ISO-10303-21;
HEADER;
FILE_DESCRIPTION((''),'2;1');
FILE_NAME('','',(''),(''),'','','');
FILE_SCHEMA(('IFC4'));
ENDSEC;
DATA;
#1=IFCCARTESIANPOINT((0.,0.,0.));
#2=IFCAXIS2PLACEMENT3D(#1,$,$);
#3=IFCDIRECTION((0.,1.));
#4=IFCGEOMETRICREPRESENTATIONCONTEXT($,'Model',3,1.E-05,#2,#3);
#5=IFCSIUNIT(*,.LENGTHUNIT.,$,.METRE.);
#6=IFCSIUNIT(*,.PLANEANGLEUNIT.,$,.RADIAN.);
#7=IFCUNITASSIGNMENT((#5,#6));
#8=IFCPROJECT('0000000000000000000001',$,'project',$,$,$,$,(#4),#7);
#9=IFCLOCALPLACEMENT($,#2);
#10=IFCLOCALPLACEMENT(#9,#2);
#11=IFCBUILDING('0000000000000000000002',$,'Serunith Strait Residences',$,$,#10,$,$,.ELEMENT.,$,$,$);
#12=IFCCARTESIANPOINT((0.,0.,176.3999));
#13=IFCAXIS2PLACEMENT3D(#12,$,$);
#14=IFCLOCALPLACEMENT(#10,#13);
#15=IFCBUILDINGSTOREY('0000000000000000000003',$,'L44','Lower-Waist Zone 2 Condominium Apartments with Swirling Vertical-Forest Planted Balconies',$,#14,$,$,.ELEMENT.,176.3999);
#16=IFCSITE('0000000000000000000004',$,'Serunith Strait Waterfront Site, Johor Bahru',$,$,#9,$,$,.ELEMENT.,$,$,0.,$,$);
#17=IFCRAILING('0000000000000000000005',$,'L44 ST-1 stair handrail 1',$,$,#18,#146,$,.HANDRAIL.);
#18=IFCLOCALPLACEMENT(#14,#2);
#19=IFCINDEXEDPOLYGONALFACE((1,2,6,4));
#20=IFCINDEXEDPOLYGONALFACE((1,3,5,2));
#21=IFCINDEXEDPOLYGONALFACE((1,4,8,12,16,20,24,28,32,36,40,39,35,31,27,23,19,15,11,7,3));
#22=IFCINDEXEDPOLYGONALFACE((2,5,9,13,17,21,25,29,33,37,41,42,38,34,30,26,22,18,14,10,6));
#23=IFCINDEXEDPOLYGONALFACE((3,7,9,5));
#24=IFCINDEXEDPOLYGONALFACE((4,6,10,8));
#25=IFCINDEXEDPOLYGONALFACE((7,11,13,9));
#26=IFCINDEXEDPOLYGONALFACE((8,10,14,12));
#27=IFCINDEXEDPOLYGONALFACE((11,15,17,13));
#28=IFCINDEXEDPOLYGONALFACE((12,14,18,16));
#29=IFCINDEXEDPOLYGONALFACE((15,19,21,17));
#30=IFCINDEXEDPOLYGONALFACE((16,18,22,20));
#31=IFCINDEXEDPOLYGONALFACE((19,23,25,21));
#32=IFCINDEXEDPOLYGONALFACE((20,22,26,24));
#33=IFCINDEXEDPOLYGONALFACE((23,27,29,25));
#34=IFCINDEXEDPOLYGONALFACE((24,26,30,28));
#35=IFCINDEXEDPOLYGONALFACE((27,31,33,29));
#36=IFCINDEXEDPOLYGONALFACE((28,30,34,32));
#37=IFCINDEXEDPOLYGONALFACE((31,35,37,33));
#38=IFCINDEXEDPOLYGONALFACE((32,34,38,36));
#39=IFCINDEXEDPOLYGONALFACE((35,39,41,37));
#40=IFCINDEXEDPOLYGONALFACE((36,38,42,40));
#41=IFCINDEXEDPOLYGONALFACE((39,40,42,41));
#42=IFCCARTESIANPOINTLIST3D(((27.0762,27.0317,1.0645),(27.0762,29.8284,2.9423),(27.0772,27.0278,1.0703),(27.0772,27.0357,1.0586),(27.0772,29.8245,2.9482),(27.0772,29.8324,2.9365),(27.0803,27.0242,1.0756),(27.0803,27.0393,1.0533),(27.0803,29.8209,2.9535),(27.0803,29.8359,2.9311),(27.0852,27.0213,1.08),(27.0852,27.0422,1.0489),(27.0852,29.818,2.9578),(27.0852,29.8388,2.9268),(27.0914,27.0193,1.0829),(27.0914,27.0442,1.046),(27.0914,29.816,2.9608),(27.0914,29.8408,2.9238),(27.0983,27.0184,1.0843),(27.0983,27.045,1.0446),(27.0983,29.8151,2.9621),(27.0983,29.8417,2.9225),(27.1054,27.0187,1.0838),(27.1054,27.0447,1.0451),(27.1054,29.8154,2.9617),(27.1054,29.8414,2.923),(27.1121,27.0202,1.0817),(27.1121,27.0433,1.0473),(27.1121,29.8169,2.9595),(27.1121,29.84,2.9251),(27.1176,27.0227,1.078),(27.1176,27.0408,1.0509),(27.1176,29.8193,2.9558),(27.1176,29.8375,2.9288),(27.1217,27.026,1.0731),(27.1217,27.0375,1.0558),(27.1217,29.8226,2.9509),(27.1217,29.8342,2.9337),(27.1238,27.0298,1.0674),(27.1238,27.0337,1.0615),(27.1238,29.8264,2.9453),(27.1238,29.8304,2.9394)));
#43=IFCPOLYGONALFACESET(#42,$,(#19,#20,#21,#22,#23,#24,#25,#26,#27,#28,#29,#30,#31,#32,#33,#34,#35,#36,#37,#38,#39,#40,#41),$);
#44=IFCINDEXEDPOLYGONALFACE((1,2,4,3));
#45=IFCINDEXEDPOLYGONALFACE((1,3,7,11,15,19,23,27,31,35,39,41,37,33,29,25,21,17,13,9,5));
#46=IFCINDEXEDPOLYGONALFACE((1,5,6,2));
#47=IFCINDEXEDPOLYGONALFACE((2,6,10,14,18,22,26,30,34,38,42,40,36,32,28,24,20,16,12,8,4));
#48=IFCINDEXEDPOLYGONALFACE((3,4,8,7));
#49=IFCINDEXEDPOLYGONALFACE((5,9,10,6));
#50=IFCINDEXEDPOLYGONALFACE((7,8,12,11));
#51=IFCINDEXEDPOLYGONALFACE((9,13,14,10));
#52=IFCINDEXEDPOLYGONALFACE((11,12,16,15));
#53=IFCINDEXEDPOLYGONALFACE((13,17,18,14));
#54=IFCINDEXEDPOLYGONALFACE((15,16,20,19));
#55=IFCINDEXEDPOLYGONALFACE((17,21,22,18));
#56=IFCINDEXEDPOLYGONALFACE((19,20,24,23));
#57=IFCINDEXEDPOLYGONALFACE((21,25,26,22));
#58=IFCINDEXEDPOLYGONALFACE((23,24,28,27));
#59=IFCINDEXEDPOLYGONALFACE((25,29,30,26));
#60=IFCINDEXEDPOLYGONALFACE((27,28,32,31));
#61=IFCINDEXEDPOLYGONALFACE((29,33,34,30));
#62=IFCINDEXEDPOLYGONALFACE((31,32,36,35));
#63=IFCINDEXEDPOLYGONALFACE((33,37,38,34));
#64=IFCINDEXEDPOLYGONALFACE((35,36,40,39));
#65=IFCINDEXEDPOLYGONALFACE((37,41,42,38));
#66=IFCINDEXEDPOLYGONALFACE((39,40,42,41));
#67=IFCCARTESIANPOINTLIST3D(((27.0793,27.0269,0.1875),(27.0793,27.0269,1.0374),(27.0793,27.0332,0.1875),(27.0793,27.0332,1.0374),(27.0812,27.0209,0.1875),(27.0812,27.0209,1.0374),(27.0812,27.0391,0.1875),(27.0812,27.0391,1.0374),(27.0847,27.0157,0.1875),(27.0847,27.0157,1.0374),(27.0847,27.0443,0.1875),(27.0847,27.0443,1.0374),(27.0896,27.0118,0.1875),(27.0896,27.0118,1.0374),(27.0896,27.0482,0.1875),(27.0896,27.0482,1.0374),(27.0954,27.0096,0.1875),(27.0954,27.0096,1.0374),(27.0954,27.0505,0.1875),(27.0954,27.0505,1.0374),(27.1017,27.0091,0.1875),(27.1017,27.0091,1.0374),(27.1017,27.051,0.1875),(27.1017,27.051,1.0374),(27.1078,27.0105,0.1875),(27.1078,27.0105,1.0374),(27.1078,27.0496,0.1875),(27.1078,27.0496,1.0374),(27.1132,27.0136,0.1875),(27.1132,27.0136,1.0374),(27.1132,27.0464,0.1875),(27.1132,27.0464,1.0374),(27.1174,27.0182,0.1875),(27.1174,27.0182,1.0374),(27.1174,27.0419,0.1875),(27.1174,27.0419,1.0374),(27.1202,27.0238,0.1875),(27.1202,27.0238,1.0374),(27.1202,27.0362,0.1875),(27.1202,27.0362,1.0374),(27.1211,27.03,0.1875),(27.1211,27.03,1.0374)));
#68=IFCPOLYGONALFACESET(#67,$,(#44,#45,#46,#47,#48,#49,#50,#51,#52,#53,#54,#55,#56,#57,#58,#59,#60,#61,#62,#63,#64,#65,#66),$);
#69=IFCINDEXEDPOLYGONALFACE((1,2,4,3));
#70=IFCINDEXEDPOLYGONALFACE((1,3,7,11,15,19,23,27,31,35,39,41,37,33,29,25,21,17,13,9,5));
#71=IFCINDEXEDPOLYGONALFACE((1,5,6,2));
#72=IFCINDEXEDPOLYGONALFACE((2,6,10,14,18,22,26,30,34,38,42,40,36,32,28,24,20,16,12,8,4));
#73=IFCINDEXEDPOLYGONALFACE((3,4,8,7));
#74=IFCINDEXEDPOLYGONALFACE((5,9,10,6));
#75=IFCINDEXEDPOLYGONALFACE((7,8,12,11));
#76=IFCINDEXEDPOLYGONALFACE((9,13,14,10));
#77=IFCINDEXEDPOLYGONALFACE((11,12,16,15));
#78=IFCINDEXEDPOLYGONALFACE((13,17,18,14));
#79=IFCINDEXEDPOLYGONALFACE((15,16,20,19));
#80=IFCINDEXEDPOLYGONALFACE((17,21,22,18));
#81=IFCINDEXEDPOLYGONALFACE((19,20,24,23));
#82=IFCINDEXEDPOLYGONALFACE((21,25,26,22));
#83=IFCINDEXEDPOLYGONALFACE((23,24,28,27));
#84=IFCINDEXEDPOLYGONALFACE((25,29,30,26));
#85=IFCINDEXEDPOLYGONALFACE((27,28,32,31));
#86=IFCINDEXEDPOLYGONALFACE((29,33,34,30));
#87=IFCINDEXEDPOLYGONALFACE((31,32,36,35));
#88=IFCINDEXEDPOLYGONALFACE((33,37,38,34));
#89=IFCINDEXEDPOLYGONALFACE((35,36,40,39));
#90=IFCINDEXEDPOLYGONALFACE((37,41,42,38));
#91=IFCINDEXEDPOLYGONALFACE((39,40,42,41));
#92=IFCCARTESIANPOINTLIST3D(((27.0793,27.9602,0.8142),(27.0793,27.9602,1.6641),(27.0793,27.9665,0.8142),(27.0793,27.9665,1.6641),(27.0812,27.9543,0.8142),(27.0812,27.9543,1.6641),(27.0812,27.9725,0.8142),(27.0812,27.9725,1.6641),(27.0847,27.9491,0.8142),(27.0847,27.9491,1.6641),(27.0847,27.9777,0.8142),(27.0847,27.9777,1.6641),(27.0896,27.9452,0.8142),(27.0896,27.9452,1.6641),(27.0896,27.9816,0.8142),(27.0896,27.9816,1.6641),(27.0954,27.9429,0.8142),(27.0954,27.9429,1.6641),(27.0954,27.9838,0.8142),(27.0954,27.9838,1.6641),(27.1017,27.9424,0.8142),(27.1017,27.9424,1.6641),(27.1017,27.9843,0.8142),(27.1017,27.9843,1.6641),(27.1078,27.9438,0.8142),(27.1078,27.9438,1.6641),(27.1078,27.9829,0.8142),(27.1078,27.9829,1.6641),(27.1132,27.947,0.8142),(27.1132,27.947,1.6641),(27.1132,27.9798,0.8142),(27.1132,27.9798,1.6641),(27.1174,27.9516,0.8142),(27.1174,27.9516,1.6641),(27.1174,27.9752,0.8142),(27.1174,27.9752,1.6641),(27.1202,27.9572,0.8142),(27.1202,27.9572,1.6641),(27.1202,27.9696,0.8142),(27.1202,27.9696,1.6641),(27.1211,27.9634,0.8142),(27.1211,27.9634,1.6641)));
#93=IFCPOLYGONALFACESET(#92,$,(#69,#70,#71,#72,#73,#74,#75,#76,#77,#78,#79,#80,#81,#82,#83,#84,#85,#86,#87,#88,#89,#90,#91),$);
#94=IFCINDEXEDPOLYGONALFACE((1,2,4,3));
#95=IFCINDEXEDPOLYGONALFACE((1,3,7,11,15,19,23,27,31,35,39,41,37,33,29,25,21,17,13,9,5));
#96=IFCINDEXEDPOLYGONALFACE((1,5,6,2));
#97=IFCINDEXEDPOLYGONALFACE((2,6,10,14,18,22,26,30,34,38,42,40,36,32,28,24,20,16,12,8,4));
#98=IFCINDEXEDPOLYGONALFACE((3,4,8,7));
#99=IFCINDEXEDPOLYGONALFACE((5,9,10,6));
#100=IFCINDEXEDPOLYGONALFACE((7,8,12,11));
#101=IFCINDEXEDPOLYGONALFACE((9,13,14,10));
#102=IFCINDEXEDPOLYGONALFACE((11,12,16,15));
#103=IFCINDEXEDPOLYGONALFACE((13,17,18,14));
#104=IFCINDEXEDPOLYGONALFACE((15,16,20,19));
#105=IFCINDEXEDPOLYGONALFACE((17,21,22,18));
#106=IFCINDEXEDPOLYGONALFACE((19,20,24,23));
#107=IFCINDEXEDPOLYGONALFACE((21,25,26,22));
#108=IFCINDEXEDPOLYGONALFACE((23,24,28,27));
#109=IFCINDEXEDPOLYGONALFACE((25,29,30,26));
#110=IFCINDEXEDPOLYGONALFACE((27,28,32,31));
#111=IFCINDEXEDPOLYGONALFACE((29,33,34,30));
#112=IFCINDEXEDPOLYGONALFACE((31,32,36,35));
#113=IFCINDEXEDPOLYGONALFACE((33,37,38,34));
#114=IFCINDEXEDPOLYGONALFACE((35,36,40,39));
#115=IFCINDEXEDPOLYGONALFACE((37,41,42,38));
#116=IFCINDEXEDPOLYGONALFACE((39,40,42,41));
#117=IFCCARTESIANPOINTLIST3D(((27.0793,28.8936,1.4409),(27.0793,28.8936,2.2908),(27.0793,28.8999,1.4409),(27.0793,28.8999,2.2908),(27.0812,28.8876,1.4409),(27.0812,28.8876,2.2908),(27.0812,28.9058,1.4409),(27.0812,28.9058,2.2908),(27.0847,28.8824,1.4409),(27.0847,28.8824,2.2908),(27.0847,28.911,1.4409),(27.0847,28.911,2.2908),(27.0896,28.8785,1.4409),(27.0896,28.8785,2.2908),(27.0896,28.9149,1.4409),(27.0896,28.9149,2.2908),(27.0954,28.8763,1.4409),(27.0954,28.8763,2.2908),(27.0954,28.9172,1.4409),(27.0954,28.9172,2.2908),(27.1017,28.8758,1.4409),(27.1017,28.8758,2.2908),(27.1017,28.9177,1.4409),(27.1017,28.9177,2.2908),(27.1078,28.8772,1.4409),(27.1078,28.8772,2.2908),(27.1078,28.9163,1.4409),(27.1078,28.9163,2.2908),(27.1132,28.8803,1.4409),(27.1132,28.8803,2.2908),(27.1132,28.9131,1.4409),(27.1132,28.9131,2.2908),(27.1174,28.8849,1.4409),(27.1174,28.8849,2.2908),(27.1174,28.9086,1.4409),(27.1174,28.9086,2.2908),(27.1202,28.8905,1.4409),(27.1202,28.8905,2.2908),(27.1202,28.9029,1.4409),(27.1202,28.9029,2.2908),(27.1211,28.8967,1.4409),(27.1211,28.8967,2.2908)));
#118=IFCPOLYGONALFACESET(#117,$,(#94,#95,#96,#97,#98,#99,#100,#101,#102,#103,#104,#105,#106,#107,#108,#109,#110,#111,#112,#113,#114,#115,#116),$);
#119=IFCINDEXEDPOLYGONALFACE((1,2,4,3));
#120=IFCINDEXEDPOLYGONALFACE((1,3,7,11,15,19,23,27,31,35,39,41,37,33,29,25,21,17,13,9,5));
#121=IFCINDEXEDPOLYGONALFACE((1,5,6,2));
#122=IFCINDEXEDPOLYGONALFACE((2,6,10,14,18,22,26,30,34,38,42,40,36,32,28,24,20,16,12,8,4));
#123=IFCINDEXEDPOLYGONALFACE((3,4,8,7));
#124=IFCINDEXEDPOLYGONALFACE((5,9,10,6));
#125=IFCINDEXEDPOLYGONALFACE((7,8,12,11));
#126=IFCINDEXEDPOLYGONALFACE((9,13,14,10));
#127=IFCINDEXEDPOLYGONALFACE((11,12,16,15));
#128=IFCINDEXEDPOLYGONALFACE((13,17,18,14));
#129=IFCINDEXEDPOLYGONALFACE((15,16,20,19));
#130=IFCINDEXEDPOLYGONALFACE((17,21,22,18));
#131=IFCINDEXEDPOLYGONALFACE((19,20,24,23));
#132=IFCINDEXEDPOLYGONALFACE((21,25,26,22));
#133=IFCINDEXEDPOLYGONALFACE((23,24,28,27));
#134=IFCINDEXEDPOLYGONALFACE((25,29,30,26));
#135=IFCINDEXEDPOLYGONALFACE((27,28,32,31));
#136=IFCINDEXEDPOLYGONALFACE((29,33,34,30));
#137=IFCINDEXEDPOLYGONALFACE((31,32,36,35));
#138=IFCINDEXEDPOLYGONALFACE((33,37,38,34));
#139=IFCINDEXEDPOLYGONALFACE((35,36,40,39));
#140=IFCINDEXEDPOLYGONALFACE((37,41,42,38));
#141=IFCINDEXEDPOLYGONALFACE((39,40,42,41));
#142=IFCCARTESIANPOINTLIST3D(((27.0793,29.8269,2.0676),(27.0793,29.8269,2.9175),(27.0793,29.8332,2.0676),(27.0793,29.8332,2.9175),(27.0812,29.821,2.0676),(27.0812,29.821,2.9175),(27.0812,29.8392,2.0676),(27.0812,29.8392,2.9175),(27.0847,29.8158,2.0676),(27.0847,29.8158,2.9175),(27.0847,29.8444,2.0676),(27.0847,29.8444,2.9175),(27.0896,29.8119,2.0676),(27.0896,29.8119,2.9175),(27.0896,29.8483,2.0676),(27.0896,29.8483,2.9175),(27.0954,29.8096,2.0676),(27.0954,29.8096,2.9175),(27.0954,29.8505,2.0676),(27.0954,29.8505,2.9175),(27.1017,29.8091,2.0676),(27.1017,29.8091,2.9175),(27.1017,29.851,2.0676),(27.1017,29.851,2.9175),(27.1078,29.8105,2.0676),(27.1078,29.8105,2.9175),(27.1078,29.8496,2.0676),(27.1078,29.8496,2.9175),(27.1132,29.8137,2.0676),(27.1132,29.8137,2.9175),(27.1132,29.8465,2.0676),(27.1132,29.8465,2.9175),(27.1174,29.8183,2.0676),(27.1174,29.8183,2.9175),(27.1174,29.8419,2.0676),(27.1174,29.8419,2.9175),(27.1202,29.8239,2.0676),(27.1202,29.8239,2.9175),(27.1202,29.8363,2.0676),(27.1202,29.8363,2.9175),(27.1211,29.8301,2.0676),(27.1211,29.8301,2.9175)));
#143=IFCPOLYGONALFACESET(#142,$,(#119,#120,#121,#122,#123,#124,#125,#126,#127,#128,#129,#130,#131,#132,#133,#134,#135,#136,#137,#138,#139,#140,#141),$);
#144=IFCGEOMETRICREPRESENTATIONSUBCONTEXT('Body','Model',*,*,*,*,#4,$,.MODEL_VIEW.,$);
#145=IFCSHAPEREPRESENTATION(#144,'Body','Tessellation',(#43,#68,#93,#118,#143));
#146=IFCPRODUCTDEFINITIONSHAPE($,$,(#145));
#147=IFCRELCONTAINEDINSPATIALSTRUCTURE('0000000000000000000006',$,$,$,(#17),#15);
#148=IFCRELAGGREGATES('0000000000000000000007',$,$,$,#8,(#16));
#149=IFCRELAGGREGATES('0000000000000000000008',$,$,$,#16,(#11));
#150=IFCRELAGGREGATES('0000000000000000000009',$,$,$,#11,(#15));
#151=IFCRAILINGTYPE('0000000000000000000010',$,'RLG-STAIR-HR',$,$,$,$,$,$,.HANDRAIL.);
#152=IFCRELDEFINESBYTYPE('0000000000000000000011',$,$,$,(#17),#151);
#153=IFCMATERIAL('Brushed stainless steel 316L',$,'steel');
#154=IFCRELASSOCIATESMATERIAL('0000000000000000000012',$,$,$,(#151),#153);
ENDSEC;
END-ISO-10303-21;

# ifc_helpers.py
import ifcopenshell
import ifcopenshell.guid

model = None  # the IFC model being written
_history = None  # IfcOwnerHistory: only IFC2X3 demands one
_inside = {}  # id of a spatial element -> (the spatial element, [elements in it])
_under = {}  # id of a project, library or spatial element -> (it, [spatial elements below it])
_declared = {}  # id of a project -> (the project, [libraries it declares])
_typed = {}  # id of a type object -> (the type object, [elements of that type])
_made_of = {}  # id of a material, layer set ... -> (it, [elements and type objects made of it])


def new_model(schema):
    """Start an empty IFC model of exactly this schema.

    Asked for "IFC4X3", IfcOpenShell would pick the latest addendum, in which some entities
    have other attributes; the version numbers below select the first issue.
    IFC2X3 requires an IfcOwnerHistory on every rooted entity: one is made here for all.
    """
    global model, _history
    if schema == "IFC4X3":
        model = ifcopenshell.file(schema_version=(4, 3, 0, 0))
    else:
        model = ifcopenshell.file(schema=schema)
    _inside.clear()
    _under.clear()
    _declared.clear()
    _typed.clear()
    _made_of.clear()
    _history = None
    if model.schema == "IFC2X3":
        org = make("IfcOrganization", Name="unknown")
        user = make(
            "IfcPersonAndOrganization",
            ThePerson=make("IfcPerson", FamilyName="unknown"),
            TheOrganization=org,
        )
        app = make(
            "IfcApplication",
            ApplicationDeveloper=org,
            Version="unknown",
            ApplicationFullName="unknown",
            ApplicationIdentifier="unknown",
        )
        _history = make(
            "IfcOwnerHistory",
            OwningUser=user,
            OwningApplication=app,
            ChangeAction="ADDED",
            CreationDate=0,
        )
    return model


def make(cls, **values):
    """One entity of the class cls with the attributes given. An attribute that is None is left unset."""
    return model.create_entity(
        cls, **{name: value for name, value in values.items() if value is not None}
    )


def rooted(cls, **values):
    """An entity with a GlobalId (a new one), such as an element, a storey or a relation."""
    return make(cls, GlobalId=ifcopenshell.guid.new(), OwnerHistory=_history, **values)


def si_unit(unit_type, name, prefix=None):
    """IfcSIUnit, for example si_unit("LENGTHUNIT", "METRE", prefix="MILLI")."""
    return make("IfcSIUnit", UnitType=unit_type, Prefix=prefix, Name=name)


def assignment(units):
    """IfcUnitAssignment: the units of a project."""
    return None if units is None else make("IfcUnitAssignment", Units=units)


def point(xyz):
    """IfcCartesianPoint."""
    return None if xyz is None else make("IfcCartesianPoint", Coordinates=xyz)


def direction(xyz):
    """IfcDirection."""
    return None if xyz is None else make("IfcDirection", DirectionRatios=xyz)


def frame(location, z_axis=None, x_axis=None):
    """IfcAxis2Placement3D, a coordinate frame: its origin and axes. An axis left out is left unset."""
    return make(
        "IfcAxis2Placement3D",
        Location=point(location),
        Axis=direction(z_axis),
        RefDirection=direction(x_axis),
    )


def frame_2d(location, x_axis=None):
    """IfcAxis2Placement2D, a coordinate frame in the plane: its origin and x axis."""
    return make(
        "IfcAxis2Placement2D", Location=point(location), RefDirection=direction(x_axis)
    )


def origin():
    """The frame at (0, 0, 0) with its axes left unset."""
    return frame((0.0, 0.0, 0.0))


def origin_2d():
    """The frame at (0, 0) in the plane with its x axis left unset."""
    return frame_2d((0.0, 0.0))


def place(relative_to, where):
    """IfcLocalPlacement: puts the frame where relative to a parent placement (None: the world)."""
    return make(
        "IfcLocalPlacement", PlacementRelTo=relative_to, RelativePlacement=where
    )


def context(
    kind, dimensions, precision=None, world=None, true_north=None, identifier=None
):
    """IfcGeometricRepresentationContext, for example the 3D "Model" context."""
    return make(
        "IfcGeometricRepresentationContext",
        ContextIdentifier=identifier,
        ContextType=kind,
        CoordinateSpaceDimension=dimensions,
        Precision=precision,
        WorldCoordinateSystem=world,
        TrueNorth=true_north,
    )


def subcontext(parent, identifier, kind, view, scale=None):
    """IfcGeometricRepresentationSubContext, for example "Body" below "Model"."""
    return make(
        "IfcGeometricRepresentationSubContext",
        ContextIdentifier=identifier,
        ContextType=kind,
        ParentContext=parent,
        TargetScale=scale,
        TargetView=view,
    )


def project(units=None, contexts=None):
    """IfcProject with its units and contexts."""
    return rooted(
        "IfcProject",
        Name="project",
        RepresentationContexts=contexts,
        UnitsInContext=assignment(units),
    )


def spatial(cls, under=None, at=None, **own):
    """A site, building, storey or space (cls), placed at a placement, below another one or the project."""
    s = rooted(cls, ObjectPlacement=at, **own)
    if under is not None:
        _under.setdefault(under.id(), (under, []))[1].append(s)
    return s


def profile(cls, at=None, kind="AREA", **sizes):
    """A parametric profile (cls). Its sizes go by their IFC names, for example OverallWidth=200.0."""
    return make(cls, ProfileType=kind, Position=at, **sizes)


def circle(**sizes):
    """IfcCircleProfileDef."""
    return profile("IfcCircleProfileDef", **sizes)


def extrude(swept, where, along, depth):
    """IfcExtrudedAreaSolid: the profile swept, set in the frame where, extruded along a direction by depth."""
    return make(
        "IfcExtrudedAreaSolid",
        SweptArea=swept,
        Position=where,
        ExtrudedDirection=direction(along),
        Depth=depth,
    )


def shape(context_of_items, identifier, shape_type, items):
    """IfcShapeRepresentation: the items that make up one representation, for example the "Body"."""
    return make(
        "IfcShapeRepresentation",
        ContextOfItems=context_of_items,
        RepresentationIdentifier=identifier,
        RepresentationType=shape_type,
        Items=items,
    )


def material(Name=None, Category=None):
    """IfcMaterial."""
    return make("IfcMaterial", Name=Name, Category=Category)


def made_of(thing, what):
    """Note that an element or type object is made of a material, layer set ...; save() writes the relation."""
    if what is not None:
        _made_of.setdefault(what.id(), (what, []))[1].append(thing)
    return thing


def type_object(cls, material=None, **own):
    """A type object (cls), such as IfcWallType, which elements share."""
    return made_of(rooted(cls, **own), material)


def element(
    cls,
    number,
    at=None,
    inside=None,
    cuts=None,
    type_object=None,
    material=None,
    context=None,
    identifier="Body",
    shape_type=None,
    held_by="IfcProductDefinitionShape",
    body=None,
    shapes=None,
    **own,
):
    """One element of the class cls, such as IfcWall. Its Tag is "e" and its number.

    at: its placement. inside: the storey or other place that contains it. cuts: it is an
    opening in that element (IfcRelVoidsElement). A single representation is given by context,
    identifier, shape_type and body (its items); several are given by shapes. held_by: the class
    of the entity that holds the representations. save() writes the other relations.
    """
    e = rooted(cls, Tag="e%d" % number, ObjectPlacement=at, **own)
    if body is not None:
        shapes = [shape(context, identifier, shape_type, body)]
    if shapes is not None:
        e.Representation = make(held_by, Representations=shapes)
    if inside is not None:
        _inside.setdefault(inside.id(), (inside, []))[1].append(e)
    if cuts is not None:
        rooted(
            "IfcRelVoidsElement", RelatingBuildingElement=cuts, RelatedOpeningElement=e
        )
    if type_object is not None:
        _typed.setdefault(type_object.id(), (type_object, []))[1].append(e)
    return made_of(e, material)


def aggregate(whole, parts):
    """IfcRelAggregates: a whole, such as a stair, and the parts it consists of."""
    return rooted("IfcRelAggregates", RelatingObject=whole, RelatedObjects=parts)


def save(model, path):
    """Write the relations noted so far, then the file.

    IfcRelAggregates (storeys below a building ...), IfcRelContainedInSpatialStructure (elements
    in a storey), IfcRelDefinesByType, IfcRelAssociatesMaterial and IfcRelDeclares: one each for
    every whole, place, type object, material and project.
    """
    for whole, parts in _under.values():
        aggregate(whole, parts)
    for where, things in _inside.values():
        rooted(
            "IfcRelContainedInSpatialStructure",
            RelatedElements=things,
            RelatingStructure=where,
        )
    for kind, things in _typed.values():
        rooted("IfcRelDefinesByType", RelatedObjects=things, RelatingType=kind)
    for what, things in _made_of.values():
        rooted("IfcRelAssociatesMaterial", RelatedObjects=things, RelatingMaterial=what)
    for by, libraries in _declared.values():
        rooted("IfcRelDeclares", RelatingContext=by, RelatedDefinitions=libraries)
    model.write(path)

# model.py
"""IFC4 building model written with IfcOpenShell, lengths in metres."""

from ifc_helpers import new_model, si_unit, direction, frame, origin, origin_2d, place, context, subcontext, project, spatial, circle, extrude, material, type_object, element, save


model = new_model("IFC4")

# Units and contexts
model_context = context("Model", 3, precision=1e-05, world=origin(), true_north=direction((0.0, 1.0)))
body_context = subcontext(model_context, "Body", "Model", "MODEL_VIEW")
ifc_project = project(units=[si_unit("LENGTHUNIT", "METRE"), si_unit("PLANEANGLEUNIT", "RADIAN")], contexts=[model_context])

# Site, building, storey
site_placement = place(None, origin())
site = spatial("IfcSite", under=ifc_project, at=site_placement, Name="Serunith Strait Waterfront Site, Johor Bahru", CompositionType="ELEMENT", RefElevation=0.0)
building_placement = place(site_placement, origin())
building = spatial("IfcBuilding", under=site, at=building_placement, Name="Serunith Strait Residences", CompositionType="ELEMENT")
storey_placement = place(building_placement, frame((0.0, 0.0, 176.3999)))
storey = spatial("IfcBuildingStorey", under=building, at=storey_placement, Name="L44", Description="Lower-Waist Zone 2 Condominium Apartments with Swirling Vertical-Forest Planted Balconies", CompositionType="ELEMENT", Elevation=176.3999)

# Railing
ifc_material_1 = material(Name="Brushed stainless steel 316L", Category="steel")
railing_type_1 = type_object("IfcRailingType", Name="RLG-STAIR-HR", PredefinedType="HANDRAIL", material=ifc_material_1)
railing_1_placement = place(storey_placement, frame((27.1001, 27.03, 0.1875)))
element("IfcRailing", 1, at=railing_1_placement, inside=storey, type_object=railing_type_1, Name="L44 ST-1 stair handrail 1", PredefinedType="HANDRAIL", context=body_context, shape_type="SweptSolid", body=[
    extrude(circle(Radius=0.0239, at=origin_2d()), frame((0.0, 0.0017, 0.877), z_axis=(0.0, 0.830208, 0.557453), x_axis=(-1.0, 0.0, 0.0)), (0.0, 0.0, 1.0), 3.3687),
    extrude(circle(Radius=0.021, at=origin_2d()), origin(), (0.0, 0.0, 1.0), 0.8499),
    extrude(circle(Radius=0.021, at=origin_2d()), frame((0.0, 0.9333, 0.6267)), (0.0, 0.0, 1.0), 0.8499),
    extrude(circle(Radius=0.021, at=origin_2d()), frame((0.0, 1.8667, 1.2534)), (0.0, 0.0, 1.0), 0.8499),
    extrude(circle(Radius=0.021, at=origin_2d()), frame((0.0, 2.8, 1.8801)), (0.0, 0.0, 1.0), 0.8499),
])

save(model, "model.ifc")
